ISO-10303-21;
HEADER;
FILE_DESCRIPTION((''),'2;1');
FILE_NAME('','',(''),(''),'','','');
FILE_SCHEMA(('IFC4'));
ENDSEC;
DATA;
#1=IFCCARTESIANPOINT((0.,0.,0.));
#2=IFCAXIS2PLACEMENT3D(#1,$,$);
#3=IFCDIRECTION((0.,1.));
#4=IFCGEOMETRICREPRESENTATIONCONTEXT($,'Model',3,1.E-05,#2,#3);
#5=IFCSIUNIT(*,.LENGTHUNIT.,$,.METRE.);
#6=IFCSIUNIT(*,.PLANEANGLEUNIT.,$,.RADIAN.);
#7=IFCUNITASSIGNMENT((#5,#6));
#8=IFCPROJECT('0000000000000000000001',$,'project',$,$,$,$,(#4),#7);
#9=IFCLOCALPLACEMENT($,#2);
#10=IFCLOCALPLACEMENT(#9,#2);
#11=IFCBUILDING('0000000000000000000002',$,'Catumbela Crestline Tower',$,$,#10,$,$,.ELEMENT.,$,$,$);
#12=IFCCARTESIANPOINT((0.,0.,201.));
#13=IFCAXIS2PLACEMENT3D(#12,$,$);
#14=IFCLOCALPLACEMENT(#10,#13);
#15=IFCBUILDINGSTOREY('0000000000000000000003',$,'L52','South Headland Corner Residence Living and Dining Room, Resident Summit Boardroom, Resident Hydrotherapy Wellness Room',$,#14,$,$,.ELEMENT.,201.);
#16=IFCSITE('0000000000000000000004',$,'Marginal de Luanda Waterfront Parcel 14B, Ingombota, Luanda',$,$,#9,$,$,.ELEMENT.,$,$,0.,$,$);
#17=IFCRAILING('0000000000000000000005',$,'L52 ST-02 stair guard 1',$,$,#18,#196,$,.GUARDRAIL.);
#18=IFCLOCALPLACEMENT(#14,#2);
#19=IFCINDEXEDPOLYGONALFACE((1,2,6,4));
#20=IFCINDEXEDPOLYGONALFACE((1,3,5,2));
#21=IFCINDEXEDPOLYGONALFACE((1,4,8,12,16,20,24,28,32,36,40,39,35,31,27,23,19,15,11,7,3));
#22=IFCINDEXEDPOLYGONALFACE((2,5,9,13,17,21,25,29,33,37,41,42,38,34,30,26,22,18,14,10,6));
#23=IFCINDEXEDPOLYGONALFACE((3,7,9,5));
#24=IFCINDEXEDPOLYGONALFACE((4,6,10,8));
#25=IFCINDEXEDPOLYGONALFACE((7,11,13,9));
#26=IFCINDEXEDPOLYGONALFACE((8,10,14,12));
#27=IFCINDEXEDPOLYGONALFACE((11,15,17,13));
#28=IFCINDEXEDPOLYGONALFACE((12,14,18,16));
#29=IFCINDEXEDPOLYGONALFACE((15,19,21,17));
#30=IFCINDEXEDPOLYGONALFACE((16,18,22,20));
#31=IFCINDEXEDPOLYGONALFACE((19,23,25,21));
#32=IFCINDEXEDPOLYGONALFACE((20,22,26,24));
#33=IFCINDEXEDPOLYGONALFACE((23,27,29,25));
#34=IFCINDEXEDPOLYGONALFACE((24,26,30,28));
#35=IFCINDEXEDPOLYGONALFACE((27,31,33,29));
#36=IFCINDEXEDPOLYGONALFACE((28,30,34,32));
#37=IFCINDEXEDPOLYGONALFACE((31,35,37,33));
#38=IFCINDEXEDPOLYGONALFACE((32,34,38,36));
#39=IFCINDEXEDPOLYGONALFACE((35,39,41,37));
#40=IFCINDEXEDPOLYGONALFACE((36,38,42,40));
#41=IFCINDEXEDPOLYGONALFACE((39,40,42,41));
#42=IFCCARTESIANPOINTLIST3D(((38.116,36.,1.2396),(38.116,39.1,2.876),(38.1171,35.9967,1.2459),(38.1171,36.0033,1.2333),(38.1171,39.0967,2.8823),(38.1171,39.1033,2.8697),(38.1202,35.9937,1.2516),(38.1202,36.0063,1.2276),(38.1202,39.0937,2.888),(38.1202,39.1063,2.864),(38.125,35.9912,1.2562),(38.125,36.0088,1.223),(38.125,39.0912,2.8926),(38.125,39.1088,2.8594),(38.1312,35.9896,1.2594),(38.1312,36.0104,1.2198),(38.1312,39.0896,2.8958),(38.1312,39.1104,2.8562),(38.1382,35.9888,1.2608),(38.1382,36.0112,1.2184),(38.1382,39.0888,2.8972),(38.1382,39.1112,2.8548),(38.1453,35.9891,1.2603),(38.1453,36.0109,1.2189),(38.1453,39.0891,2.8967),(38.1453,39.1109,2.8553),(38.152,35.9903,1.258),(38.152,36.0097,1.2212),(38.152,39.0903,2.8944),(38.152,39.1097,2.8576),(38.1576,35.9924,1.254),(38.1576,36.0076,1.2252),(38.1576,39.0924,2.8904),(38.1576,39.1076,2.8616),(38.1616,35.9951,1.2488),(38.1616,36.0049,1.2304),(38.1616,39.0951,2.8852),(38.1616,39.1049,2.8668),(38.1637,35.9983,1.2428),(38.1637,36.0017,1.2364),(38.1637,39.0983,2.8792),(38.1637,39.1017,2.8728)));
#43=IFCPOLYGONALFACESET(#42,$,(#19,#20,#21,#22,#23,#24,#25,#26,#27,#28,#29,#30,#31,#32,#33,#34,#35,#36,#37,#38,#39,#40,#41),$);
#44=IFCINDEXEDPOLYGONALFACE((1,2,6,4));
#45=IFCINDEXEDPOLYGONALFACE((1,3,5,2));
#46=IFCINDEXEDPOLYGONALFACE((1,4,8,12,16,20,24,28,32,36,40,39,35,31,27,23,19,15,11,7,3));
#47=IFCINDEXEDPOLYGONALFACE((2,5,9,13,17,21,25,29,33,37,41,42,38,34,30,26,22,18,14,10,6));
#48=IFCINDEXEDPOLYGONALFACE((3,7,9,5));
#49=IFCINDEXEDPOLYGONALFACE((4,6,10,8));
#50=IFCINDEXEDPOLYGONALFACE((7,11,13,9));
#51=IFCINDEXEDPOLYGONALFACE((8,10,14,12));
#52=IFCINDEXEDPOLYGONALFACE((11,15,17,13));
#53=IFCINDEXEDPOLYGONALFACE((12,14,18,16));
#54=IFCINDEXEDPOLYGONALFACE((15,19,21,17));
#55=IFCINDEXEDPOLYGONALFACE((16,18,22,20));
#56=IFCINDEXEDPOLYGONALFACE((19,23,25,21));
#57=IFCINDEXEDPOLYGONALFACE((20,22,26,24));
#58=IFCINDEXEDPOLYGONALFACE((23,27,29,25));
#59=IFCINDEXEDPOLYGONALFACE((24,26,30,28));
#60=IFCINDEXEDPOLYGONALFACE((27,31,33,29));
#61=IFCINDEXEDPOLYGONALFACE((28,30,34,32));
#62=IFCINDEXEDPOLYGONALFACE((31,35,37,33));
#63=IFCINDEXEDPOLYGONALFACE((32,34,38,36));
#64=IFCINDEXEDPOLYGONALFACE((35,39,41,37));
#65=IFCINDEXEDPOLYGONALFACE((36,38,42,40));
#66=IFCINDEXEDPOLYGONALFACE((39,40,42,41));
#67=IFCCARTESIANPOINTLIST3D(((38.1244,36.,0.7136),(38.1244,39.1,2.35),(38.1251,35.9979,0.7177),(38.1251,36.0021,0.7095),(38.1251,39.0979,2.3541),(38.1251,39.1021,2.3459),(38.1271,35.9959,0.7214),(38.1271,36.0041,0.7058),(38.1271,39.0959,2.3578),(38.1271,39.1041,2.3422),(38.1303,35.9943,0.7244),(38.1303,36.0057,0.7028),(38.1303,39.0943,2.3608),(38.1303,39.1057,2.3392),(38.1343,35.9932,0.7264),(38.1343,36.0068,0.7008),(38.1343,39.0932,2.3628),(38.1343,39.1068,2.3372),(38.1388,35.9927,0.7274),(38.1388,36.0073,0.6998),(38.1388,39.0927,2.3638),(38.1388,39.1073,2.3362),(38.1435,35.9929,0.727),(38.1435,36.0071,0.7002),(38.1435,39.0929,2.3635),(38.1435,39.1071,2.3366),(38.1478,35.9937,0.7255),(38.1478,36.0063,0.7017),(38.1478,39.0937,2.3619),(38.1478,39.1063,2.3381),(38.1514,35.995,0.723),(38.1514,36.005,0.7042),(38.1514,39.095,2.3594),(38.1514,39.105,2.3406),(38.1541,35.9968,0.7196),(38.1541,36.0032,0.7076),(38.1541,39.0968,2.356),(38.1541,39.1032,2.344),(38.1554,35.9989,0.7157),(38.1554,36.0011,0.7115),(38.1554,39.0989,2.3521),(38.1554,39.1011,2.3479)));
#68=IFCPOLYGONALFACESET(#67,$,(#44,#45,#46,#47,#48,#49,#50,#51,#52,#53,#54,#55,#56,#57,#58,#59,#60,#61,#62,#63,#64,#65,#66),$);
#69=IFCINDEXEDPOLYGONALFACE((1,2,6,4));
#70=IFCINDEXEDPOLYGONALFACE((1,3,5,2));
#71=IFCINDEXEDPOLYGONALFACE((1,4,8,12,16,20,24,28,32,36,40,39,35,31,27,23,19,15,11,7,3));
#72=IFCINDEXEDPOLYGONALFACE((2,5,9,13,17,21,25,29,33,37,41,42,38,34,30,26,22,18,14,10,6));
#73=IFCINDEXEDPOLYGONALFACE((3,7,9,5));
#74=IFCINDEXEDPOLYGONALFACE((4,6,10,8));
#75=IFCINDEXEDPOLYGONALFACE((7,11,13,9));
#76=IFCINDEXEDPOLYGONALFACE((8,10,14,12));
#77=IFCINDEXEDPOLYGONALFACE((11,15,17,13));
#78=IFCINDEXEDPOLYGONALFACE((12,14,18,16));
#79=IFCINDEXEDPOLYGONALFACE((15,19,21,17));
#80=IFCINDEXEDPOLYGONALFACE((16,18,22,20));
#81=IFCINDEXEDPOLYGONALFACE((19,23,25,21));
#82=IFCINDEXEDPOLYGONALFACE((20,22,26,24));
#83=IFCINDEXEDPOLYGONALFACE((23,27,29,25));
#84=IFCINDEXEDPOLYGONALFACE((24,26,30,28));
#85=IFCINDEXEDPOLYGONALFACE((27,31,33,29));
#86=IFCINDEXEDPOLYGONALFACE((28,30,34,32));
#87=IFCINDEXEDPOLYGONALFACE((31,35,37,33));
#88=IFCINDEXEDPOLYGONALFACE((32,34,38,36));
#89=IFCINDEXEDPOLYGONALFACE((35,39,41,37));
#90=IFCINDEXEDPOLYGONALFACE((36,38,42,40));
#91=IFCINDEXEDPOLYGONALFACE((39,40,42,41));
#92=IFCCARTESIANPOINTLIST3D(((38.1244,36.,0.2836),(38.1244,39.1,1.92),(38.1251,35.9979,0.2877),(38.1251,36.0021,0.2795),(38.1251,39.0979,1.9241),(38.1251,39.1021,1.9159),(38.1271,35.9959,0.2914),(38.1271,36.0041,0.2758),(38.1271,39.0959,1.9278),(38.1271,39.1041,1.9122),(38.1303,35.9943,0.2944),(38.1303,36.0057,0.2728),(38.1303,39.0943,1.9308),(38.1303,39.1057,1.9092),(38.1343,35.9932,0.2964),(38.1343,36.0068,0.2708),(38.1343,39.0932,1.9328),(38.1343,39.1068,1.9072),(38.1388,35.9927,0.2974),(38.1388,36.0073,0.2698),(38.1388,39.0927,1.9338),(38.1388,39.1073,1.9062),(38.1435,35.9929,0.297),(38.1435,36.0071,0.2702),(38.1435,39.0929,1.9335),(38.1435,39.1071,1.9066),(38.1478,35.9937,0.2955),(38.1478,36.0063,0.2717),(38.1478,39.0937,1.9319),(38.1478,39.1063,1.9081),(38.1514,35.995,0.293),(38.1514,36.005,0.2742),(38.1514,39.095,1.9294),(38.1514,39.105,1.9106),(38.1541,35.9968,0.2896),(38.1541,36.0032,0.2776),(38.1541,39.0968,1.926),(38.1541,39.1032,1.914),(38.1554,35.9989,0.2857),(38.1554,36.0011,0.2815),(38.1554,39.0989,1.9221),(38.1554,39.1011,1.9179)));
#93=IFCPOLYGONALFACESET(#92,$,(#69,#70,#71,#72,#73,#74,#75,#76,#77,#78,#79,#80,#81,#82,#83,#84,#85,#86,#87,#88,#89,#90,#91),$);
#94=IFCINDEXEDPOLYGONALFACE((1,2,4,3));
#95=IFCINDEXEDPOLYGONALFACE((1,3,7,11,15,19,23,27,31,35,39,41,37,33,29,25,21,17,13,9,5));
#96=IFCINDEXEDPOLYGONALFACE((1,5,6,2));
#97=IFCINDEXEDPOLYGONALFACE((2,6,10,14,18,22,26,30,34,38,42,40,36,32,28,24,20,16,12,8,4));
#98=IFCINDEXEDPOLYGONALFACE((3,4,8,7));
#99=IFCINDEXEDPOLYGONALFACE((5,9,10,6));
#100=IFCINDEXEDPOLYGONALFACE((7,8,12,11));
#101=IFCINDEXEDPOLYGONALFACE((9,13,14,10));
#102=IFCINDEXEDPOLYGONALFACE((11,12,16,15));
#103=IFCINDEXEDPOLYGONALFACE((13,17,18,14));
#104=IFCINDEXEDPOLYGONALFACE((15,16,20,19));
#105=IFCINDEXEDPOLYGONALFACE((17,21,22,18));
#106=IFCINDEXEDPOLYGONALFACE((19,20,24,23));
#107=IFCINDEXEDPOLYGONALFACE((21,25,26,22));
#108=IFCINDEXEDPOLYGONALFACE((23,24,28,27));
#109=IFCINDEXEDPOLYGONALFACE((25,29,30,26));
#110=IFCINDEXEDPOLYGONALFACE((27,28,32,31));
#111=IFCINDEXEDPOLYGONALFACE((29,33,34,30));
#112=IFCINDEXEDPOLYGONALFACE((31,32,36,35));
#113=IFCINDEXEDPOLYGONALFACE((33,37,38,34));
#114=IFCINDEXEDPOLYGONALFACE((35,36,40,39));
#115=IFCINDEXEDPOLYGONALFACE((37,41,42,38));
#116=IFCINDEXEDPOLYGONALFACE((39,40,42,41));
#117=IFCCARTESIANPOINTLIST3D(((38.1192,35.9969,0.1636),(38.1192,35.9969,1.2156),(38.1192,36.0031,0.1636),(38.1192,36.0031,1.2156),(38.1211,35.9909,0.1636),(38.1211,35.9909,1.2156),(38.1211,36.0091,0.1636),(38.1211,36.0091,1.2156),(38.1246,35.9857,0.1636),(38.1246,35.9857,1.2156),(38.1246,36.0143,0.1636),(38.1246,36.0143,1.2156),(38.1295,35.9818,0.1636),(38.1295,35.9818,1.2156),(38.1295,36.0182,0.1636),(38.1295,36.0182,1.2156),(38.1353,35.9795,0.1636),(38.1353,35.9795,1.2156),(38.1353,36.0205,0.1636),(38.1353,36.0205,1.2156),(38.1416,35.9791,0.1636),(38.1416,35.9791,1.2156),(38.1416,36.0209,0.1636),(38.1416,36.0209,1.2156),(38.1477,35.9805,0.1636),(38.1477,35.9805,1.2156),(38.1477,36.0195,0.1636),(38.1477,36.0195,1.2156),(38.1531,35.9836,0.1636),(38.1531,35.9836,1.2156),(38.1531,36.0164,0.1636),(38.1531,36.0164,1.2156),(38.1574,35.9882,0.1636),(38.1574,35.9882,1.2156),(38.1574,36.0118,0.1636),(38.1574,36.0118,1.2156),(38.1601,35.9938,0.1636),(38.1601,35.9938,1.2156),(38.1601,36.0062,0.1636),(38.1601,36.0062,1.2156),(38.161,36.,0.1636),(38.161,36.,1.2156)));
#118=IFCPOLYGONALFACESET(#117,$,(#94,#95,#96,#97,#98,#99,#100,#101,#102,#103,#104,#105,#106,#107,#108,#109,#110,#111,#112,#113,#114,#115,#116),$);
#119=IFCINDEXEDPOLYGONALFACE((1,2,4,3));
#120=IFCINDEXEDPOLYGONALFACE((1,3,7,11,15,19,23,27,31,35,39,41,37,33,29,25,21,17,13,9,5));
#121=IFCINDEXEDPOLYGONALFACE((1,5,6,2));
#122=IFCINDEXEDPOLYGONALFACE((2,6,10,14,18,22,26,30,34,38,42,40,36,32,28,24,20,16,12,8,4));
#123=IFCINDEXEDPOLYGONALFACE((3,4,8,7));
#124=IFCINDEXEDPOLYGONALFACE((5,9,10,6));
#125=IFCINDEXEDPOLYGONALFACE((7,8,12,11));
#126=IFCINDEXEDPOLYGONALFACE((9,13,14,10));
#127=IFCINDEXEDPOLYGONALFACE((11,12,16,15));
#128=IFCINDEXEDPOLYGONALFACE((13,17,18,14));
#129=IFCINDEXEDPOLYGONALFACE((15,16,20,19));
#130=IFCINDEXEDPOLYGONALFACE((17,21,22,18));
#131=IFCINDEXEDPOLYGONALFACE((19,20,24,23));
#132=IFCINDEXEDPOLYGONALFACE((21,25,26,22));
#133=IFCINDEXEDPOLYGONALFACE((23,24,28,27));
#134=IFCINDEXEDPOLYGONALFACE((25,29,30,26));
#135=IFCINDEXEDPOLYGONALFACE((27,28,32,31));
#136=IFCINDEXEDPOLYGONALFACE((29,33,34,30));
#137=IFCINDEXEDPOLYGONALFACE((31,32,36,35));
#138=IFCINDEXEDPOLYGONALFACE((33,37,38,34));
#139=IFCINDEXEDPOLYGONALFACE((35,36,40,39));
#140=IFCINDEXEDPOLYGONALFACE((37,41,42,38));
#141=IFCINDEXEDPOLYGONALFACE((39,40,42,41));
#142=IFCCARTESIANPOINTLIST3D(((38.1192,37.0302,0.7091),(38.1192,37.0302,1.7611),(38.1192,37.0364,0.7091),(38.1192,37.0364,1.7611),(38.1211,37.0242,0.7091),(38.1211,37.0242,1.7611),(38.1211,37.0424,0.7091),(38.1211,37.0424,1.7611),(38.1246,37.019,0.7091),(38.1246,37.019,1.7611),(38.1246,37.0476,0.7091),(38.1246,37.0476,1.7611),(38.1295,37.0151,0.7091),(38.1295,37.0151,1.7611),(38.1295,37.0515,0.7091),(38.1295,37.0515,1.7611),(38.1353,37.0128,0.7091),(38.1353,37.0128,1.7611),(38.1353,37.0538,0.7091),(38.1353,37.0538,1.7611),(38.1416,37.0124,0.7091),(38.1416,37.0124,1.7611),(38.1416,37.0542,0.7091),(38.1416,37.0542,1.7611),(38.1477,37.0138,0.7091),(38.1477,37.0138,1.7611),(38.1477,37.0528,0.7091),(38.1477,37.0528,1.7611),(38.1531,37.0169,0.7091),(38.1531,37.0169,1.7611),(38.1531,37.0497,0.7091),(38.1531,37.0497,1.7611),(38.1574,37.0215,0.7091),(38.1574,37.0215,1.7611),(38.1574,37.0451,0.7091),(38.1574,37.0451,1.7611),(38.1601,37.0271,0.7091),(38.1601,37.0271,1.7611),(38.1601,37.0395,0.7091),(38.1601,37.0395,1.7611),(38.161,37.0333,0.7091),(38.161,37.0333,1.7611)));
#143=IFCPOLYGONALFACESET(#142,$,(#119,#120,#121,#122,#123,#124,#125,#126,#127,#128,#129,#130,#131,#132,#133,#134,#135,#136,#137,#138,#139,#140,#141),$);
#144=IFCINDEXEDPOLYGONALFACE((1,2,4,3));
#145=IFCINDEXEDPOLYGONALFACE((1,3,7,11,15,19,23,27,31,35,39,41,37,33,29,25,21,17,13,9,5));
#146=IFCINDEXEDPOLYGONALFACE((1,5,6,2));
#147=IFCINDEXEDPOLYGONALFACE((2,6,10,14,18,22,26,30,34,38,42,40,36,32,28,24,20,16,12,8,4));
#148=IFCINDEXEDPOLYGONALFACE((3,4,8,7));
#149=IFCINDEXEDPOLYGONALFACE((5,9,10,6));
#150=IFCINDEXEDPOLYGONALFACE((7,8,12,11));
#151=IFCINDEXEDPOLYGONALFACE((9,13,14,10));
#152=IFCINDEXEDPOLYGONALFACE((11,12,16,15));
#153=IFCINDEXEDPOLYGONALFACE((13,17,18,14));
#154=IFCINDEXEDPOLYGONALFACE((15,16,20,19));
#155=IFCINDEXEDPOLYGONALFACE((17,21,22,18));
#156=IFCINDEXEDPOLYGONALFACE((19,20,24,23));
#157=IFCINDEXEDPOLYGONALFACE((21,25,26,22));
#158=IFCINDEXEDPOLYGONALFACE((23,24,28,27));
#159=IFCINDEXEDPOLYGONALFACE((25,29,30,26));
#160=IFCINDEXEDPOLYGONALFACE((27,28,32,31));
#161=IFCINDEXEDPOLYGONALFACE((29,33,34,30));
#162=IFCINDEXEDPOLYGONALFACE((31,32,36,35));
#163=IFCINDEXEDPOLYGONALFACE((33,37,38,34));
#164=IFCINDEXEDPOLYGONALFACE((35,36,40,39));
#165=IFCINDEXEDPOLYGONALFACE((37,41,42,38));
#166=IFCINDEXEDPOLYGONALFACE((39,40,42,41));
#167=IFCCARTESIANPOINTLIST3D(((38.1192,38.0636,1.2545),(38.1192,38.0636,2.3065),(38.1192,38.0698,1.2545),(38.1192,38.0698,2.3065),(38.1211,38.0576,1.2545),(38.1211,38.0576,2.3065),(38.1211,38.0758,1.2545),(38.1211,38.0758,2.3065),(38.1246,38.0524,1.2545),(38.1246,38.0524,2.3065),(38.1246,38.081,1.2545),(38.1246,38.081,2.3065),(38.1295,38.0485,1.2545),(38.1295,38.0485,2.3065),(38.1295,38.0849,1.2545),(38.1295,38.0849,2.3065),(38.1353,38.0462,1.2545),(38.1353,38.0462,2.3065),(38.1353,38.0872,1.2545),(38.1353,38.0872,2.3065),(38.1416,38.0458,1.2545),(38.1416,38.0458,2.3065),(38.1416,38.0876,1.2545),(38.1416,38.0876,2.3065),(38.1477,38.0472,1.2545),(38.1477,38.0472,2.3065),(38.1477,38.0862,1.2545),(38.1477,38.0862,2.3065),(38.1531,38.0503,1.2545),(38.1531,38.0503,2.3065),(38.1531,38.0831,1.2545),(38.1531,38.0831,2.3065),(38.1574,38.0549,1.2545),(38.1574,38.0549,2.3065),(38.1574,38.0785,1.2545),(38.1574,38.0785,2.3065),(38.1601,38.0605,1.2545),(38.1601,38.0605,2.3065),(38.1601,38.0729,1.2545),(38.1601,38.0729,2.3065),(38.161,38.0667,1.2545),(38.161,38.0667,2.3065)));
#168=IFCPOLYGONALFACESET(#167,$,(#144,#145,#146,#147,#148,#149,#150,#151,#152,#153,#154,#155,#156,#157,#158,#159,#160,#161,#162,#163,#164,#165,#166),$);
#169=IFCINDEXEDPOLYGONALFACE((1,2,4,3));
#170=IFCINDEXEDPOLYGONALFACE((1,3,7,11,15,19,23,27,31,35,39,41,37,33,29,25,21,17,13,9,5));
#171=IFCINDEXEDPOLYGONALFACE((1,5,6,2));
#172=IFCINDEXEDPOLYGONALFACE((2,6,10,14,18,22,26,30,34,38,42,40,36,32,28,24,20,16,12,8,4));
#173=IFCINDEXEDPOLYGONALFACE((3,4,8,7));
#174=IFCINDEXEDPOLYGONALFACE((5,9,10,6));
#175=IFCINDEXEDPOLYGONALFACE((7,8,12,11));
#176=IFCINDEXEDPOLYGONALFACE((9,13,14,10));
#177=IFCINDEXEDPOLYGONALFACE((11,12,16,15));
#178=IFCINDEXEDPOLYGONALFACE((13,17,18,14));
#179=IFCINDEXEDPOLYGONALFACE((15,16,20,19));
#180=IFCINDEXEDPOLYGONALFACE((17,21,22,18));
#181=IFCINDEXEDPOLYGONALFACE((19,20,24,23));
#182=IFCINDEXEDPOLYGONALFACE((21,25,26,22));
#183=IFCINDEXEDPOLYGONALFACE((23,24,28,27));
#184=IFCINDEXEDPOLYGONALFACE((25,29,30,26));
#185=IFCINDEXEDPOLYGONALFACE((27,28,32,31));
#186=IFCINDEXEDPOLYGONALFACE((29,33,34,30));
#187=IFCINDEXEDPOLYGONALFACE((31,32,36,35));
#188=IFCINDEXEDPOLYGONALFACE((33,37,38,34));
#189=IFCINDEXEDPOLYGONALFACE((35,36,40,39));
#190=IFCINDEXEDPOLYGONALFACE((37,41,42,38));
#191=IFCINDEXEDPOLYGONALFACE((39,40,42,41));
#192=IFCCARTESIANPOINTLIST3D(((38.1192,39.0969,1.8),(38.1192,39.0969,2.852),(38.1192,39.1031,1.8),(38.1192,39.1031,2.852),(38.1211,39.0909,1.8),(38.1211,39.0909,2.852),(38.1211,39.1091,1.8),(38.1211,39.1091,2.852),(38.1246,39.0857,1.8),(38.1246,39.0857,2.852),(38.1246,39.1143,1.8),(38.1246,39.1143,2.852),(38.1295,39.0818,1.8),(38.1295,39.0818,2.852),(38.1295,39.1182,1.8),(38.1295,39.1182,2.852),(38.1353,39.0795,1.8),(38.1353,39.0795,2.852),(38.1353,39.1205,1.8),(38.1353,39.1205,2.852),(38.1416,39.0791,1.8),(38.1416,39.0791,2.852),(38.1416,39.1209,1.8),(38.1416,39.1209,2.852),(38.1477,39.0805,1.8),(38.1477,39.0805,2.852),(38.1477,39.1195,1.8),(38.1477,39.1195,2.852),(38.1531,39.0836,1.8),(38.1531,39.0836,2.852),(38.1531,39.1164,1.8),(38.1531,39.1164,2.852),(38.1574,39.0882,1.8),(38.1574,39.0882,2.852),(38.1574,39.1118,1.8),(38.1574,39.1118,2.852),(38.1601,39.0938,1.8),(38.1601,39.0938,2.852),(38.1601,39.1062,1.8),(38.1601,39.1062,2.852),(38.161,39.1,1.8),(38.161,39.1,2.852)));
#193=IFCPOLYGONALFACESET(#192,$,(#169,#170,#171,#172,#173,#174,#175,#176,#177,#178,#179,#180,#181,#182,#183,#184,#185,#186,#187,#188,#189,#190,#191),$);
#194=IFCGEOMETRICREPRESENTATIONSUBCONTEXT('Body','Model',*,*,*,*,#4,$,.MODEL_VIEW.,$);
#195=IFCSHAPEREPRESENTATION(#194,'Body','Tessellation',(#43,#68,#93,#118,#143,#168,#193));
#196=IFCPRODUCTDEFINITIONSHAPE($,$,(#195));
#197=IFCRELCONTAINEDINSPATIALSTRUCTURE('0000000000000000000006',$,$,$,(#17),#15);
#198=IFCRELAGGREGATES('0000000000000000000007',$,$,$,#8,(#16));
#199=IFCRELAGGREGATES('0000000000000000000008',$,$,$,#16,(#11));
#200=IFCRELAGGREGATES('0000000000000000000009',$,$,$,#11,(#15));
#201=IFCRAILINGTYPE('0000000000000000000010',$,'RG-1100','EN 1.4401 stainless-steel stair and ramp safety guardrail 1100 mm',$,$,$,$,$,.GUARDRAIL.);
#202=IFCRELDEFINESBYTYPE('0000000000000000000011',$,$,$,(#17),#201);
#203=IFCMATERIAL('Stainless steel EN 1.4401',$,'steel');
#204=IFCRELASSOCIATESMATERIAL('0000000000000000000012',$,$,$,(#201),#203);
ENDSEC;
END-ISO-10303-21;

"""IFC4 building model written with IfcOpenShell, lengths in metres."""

from ifc_helpers import new_model, si_unit, direction, frame, origin, origin_2d, place, context, subcontext, project, spatial, circle, extrude, material, type_object, element, save


model = new_model("IFC4")

# Units and contexts
model_context = context("Model", 3, precision=1e-05, world=origin(), true_north=direction((0.0, 1.0)))
body_context = subcontext(model_context, "Body", "Model", "MODEL_VIEW")
ifc_project = project(units=[si_unit("LENGTHUNIT", "METRE"), si_unit("PLANEANGLEUNIT", "RADIAN")], contexts=[model_context])

# Site, building, storey
site_placement = place(None, origin())
site = spatial("IfcSite", under=ifc_project, at=site_placement, Name="Marginal de Luanda Waterfront Parcel 14B, Ingombota, Luanda", CompositionType="ELEMENT", RefElevation=0.0)
building_placement = place(site_placement, origin())
building = spatial("IfcBuilding", under=site, at=building_placement, Name="Catumbela Crestline Tower", CompositionType="ELEMENT")
storey_placement = place(building_placement, frame((0.0, 0.0, 201.0)))
storey = spatial("IfcBuildingStorey", under=building, at=storey_placement, Name="L52", Description="South Headland Corner Residence Living and Dining Room, Resident Summit Boardroom, Resident Hydrotherapy Wellness Room", CompositionType="ELEMENT", Elevation=201.0)

# Shared definitions
ifc_material_1 = material(Name="Stainless steel EN 1.4401", Category="steel")

# Railing
railing_type_1 = type_object("IfcRailingType", Name="RG-1100", Description="EN 1.4401 stainless-steel stair and ramp safety guardrail 1100 mm", PredefinedType="GUARDRAIL", material=ifc_material_1)
railing_1_placement = place(storey_placement, frame((38.14, 36.0, 0.1636)))
element("IfcRailing", 1, at=railing_1_placement, inside=storey, type_object=railing_type_1, Name="L52 ST-02 stair guard 1", PredefinedType="GUARDRAIL", context=body_context, shape_type="SweptSolid", body=[
    extrude(circle(Radius=0.024, at=origin_2d()), frame((0.0, 0.0, 1.076), z_axis=(0.0, 0.884351, 0.466823), x_axis=(-1.0, 0.0, 0.0)), (0.0, 0.0, 1.0), 3.5054),
    extrude(circle(Radius=0.0156, at=origin_2d()), frame((0.0, 0.0, 0.55), z_axis=(0.0, 0.884351, 0.466823), x_axis=(-1.0, 0.0, 0.0)), (0.0, 0.0, 1.0), 3.5054),
    extrude(circle(Radius=0.0156, at=origin_2d()), frame((0.0, 0.0, 0.12), z_axis=(0.0, 0.884351, 0.466823), x_axis=(-1.0, 0.0, 0.0)), (0.0, 0.0, 1.0), 3.5054),
    extrude(circle(Radius=0.021, at=origin_2d()), origin(), (0.0, 0.0, 1.0), 1.052),
    extrude(circle(Radius=0.021, at=origin_2d()), frame((0.0, 1.0333, 0.5455)), (0.0, 0.0, 1.0), 1.052),
    extrude(circle(Radius=0.021, at=origin_2d()), frame((0.0, 2.0667, 1.0909)), (0.0, 0.0, 1.0), 1.052),
    extrude(circle(Radius=0.021, at=origin_2d()), frame((0.0, 3.1, 1.6364)), (0.0, 0.0, 1.0), 1.052),
])

save(model, "model.ifc")
